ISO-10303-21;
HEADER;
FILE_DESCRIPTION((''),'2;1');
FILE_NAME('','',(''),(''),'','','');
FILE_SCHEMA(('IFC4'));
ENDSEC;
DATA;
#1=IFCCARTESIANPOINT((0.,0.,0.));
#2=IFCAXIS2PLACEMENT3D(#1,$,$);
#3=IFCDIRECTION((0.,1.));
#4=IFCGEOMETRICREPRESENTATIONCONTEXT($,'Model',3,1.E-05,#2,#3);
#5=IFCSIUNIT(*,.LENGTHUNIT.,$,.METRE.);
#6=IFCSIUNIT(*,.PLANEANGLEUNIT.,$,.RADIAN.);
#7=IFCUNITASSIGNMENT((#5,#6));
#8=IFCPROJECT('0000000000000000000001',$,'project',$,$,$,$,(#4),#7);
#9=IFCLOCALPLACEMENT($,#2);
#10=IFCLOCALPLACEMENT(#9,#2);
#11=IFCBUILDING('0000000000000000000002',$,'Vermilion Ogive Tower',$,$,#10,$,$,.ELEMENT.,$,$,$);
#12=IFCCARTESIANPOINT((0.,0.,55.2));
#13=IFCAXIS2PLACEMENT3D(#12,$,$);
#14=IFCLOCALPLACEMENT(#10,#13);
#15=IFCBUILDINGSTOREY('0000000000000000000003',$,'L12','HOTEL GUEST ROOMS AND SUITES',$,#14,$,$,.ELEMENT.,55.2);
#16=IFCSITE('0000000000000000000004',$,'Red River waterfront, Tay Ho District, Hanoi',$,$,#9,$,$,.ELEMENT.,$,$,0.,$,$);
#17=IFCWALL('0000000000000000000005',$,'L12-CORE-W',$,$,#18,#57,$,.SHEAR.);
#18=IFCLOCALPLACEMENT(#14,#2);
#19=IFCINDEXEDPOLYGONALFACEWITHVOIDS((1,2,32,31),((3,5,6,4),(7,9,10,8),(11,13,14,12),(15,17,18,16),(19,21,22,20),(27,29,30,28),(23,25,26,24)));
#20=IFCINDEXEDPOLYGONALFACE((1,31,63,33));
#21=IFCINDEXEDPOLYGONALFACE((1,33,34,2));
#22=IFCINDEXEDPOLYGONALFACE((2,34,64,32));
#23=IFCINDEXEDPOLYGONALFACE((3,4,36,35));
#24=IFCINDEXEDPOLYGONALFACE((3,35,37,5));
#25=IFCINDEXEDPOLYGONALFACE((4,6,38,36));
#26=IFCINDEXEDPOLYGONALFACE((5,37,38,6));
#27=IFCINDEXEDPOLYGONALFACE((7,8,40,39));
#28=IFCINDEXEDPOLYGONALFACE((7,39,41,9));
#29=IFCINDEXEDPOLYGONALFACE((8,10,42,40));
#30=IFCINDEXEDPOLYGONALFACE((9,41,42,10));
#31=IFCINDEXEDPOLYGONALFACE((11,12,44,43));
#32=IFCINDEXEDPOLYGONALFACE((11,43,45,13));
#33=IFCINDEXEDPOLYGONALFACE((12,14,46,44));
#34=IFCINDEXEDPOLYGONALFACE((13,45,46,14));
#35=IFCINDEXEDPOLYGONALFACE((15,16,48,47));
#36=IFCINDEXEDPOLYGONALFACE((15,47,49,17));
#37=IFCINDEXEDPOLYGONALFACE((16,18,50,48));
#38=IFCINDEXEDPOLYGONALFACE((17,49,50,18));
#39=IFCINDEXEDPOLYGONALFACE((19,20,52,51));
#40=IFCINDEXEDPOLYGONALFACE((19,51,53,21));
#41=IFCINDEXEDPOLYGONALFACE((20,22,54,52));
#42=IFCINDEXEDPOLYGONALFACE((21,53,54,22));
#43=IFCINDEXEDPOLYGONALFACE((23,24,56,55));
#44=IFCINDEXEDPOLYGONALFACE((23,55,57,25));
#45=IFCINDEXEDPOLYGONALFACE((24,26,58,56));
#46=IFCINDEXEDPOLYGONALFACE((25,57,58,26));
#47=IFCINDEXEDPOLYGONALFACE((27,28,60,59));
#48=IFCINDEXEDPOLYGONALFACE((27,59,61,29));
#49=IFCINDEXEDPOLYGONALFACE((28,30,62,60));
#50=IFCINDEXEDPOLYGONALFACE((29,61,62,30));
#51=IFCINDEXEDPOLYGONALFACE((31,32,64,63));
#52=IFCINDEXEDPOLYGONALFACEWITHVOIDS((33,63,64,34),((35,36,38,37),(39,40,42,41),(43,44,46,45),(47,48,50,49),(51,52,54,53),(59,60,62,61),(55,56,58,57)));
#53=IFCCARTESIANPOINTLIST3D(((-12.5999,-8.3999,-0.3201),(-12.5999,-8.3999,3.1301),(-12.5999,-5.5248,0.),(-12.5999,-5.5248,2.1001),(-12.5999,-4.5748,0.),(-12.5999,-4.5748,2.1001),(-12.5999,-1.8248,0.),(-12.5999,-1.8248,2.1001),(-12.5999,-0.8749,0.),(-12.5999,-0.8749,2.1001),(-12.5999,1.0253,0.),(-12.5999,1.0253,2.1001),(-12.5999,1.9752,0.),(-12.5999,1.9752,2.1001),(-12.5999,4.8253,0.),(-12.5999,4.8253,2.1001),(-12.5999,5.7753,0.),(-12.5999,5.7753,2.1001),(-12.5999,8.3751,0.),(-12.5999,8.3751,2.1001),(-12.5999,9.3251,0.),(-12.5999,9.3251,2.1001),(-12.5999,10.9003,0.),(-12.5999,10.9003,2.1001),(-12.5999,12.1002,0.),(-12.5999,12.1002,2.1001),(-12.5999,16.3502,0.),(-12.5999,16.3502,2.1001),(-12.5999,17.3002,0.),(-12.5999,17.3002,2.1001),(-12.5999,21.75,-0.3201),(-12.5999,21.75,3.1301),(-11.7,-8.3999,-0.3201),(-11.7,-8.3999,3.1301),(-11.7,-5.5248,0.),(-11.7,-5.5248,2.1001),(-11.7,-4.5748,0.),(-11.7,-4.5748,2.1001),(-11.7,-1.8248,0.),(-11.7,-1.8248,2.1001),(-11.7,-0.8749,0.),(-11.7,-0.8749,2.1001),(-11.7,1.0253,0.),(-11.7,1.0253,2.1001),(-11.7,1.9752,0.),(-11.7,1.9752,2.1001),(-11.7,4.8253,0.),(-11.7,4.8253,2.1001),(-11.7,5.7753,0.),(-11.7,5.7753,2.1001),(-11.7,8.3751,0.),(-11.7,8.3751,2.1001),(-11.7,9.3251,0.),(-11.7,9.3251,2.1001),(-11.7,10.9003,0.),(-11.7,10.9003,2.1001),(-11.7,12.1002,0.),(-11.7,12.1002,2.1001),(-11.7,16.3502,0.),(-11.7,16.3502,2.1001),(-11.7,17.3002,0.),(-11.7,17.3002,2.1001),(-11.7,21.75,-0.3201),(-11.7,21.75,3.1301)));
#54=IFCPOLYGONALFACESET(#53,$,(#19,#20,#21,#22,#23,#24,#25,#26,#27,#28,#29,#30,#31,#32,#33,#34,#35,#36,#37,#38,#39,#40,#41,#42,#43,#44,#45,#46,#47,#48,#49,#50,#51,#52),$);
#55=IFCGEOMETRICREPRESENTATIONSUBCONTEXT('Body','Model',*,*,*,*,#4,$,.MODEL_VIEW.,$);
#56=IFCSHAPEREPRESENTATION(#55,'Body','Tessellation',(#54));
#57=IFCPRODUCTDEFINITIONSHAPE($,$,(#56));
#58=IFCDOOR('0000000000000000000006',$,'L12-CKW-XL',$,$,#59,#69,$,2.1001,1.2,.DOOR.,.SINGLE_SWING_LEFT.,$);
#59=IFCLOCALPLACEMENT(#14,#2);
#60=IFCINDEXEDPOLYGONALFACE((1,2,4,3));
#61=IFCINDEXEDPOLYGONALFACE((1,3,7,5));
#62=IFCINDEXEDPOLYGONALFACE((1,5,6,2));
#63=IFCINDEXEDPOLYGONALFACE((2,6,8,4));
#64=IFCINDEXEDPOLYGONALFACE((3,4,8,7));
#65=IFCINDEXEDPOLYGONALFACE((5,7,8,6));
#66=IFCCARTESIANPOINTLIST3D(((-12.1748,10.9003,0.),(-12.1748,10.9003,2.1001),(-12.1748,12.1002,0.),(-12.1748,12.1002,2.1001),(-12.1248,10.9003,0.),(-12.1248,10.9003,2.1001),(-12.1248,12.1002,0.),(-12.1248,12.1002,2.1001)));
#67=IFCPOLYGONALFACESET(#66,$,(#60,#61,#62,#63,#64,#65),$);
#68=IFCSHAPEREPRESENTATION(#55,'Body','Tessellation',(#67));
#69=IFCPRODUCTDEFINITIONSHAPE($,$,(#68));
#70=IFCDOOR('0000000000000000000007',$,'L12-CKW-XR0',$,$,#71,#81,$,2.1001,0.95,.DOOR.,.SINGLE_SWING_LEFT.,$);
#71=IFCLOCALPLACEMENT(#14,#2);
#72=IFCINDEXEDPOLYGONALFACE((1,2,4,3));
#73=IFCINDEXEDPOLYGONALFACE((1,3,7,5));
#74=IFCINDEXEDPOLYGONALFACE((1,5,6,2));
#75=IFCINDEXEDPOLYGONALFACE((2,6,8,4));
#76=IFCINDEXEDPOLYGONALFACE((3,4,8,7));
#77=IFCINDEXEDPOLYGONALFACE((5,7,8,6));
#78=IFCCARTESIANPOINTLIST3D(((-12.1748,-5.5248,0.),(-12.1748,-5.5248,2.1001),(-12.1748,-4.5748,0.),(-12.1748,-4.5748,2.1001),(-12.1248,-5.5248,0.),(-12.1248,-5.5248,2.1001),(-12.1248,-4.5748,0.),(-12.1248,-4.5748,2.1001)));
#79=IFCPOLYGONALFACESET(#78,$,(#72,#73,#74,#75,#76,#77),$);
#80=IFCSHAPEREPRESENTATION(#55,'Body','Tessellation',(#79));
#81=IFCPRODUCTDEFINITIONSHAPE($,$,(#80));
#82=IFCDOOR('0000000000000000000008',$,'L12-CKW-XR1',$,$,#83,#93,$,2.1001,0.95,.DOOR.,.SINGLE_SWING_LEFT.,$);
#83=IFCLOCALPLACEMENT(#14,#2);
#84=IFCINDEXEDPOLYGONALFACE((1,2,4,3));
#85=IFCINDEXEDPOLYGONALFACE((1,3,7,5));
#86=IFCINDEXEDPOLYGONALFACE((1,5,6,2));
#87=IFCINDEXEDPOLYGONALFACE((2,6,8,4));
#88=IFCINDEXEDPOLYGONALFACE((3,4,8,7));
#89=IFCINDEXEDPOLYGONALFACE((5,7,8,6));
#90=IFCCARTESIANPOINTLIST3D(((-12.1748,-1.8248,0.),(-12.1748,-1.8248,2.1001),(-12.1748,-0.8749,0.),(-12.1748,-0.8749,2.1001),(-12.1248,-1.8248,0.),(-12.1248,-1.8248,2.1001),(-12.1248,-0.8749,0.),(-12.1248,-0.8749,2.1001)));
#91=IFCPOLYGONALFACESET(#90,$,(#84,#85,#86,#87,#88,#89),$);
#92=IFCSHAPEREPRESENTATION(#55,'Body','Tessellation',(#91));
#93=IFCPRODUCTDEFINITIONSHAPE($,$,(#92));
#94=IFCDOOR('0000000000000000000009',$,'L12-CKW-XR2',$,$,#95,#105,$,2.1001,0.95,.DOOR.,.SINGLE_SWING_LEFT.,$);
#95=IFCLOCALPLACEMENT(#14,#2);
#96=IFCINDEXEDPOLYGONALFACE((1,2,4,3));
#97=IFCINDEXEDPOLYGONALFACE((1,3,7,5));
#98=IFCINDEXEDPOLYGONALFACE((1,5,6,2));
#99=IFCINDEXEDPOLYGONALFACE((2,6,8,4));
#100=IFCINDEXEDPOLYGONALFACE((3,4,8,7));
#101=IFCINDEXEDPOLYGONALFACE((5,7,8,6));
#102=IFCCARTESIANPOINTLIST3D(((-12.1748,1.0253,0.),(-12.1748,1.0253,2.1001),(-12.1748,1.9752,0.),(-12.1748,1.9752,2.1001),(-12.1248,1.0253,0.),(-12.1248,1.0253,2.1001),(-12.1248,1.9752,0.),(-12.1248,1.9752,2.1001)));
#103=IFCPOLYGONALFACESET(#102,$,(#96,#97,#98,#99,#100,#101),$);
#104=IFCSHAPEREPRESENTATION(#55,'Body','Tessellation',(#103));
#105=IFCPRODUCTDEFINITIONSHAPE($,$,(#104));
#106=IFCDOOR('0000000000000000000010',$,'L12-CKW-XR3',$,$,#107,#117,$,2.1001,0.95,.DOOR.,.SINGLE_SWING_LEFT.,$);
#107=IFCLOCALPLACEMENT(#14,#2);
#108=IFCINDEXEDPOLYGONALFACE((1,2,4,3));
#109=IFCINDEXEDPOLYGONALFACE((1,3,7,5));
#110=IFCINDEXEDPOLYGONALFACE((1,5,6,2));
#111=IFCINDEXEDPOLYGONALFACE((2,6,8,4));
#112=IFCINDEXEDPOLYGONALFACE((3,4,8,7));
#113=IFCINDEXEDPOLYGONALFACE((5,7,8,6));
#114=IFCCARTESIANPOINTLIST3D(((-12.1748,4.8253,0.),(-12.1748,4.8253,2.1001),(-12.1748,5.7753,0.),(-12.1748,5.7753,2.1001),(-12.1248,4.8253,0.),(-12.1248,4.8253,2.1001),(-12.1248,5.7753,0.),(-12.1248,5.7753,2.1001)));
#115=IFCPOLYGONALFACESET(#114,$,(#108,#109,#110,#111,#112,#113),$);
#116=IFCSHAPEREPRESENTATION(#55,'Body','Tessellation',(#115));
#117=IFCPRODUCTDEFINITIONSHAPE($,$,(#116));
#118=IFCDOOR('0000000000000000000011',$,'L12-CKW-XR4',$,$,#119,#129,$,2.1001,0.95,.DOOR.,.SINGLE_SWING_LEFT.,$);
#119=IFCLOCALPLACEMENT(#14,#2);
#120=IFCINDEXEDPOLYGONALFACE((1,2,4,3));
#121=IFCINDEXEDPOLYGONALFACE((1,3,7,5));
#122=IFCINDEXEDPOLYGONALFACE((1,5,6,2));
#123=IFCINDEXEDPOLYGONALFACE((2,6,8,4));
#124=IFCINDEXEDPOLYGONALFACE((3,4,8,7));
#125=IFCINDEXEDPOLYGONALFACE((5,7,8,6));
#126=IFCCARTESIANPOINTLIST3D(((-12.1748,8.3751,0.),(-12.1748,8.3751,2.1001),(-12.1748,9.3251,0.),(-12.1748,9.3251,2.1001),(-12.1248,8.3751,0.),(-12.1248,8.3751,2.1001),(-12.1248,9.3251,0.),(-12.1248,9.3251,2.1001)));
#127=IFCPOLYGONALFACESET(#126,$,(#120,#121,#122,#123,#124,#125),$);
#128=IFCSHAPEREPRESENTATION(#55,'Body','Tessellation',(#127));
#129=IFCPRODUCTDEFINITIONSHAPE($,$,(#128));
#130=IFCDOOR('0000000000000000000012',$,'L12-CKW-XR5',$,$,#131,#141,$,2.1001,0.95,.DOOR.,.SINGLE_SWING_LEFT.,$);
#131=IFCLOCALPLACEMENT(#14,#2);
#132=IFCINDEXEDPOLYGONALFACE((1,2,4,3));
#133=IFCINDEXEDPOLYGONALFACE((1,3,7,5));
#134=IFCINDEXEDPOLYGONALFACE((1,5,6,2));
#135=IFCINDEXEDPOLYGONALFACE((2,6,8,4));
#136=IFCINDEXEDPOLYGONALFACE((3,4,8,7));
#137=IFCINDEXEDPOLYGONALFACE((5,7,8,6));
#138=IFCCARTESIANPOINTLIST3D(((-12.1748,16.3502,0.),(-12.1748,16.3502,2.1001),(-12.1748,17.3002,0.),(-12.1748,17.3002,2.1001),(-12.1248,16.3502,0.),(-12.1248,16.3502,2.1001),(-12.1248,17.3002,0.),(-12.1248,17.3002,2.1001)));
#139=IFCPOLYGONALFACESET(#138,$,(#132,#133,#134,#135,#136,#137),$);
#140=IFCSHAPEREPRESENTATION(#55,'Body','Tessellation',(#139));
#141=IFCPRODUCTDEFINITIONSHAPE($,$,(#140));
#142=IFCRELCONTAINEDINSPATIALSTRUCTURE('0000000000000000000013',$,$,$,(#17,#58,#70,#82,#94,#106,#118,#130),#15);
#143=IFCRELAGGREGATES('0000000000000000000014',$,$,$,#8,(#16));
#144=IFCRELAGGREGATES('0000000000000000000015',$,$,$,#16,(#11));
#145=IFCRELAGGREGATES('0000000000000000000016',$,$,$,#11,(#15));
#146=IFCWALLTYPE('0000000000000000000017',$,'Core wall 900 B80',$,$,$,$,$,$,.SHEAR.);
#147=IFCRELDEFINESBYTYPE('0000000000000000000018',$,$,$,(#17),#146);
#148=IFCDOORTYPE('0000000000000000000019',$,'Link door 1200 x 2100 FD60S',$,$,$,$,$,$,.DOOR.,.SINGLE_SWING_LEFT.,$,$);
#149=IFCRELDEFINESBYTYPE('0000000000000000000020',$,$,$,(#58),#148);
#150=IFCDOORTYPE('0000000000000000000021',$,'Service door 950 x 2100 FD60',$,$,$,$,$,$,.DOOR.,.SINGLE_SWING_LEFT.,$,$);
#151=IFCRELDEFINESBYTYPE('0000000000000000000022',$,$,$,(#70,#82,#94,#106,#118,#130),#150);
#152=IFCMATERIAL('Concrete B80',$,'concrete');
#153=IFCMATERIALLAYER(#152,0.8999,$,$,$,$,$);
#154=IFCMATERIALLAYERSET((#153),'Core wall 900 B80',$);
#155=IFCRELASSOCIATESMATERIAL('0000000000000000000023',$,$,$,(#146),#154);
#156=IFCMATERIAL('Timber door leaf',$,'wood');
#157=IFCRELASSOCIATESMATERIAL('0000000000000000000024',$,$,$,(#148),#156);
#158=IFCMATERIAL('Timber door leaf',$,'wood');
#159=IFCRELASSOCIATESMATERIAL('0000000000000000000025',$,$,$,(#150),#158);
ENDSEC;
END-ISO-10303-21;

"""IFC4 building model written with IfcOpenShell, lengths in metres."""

from ifc_helpers import new_model, si_unit, direction, frame, frame_2d, origin, place, context, subcontext, project, spatial, rectangle, extrude, material, layer, layer_set, type_object, element, fill, save


model = new_model("IFC4")

# Units and contexts
model_context = context("Model", 3, precision=1e-05, world=origin(), true_north=direction((0.0, 1.0)))
body_context = subcontext(model_context, "Body", "Model", "MODEL_VIEW")
ifc_project = project(units=[si_unit("LENGTHUNIT", "METRE"), si_unit("PLANEANGLEUNIT", "RADIAN")], contexts=[model_context])

# Site, building, storey
site_placement = place(None, origin())
site = spatial("IfcSite", under=ifc_project, at=site_placement, Name="Red River waterfront, Tay Ho District, Hanoi", CompositionType="ELEMENT", RefElevation=0.0)
building_placement = place(site_placement, origin())
building = spatial("IfcBuilding", under=site, at=building_placement, Name="Vermilion Ogive Tower", CompositionType="ELEMENT")
storey_placement = place(building_placement, frame((0.0, 0.0, 55.2)))
storey = spatial("IfcBuildingStorey", under=building, at=storey_placement, Name="L12", Description="HOTEL GUEST ROOMS AND SUITES", CompositionType="ELEMENT", Elevation=55.2)

# Wall, openings, doors
ifc_material_1 = material(Name="Concrete B80", Category="concrete")
ifc_layer_1 = layer(ifc_material_1, 0.8999)
ifc_layer_set_1 = layer_set([ifc_layer_1], Name="Core wall 900 B80")
wall_type_1 = type_object("IfcWallType", Name="Core wall 900 B80", PredefinedType="SHEAR", material=ifc_layer_set_1)
wall_1_placement = place(storey_placement, frame((-12.1499, -8.3999, -0.3201), z_axis=(0.0, 0.0, 1.0), x_axis=(0.0, 1.0, 0.0)))
wall_1 = element("IfcWall", 1, at=wall_1_placement, inside=storey, type_object=wall_type_1, Name="L12-CORE-W", PredefinedType="SHEAR", context=body_context, shape_type="SweptSolid", body=[
    extrude(rectangle(XDim=30.1499, YDim=0.8999, at=frame_2d((15.075, 0.0))), origin(), (0.0, 0.0, 1.0), 3.4502),
])
opening_1_placement = place(wall_1_placement, frame((2.875, 0.0, 0.3201)))
opening_1 = element("IfcOpeningElement", 2, at=opening_1_placement, cuts=wall_1, PredefinedType="OPENING", context=body_context, shape_type="SweptSolid", body=[
    extrude(rectangle(XDim=0.95, YDim=2.1001, at=frame_2d((0.4751, 1.05))), frame((0.0, 0.46, 0.0), z_axis=(0.0, -1.0, 0.0), x_axis=(1.0, 0.0, 0.0)), (0.0, 0.0, 1.0), 0.9199),
])
opening_2_placement = place(wall_1_placement, frame((6.575, 0.0, 0.3201)))
opening_2 = element("IfcOpeningElement", 3, at=opening_2_placement, cuts=wall_1, PredefinedType="OPENING", context=body_context, shape_type="SweptSolid", body=[
    extrude(rectangle(XDim=0.95, YDim=2.1001, at=frame_2d((0.4751, 1.05))), frame((0.0, 0.46, 0.0), z_axis=(0.0, -1.0, 0.0), x_axis=(1.0, 0.0, 0.0)), (0.0, 0.0, 1.0), 0.9199),
])
opening_3_placement = place(wall_1_placement, frame((9.425, 0.0, 0.3201)))
opening_3 = element("IfcOpeningElement", 4, at=opening_3_placement, cuts=wall_1, PredefinedType="OPENING", context=body_context, shape_type="SweptSolid", body=[
    extrude(rectangle(XDim=0.95, YDim=2.1001, at=frame_2d((0.4751, 1.05))), frame((0.0, 0.46, 0.0), z_axis=(0.0, -1.0, 0.0), x_axis=(1.0, 0.0, 0.0)), (0.0, 0.0, 1.0), 0.9199),
])
opening_4_placement = place(wall_1_placement, frame((13.2251, 0.0, 0.3201)))
opening_4 = element("IfcOpeningElement", 5, at=opening_4_placement, cuts=wall_1, PredefinedType="OPENING", context=body_context, shape_type="SweptSolid", body=[
    extrude(rectangle(XDim=0.95, YDim=2.1001, at=frame_2d((0.4751, 1.05))), frame((0.0, 0.46, 0.0), z_axis=(0.0, -1.0, 0.0), x_axis=(1.0, 0.0, 0.0)), (0.0, 0.0, 1.0), 0.9199),
])
opening_5_placement = place(wall_1_placement, frame((16.7749, 0.0, 0.3201)))
opening_5 = element("IfcOpeningElement", 6, at=opening_5_placement, cuts=wall_1, PredefinedType="OPENING", context=body_context, shape_type="SweptSolid", body=[
    extrude(rectangle(XDim=0.95, YDim=2.1001, at=frame_2d((0.4751, 1.05))), frame((0.0, 0.46, 0.0), z_axis=(0.0, -1.0, 0.0), x_axis=(1.0, 0.0, 0.0)), (0.0, 0.0, 1.0), 0.9199),
])
opening_6_placement = place(wall_1_placement, frame((24.75, 0.0, 0.3201)))
opening_6 = element("IfcOpeningElement", 7, at=opening_6_placement, cuts=wall_1, PredefinedType="OPENING", context=body_context, shape_type="SweptSolid", body=[
    extrude(rectangle(XDim=0.95, YDim=2.1001, at=frame_2d((0.4751, 1.05))), frame((0.0, 0.46, 0.0), z_axis=(0.0, -1.0, 0.0), x_axis=(1.0, 0.0, 0.0)), (0.0, 0.0, 1.0), 0.9199),
])
opening_7_placement = place(wall_1_placement, frame((19.3, 0.0, 0.3201)))
opening_7 = element("IfcOpeningElement", 8, at=opening_7_placement, cuts=wall_1, PredefinedType="OPENING", context=body_context, shape_type="SweptSolid", body=[
    extrude(rectangle(XDim=1.2, YDim=2.1001, at=frame_2d((0.6001, 1.05))), frame((0.0, 0.46, 0.0), z_axis=(0.0, -1.0, 0.0), x_axis=(1.0, 0.0, 0.0)), (0.0, 0.0, 1.0), 0.9199),
])
ifc_material_2 = material(Name="Timber door leaf", Category="wood")
door_type_1 = type_object("IfcDoorType", Name="Link door 1200 x 2100 FD60S", OperationType="SINGLE_SWING_LEFT", PredefinedType="DOOR", material=ifc_material_2)
door_1_placement = place(opening_7_placement, origin())
door_1 = element("IfcDoor", 9, at=door_1_placement, inside=storey, type_object=door_type_1, Name="L12-CKW-XL", OperationType="SINGLE_SWING_LEFT", OverallHeight=2.1001, OverallWidth=1.2, PredefinedType="DOOR", context=body_context, shape_type="SweptSolid", body=[
    extrude(rectangle(XDim=1.2, YDim=2.1001, at=frame_2d((0.6001, 1.05))), frame((0.0, 0.0249, 0.0), z_axis=(0.0, -1.0, 0.0), x_axis=(1.0, 0.0, 0.0)), (0.0, 0.0, 1.0), 0.05),
])
fill(opening_7, door_1)
ifc_material_3 = material(Name="Timber door leaf", Category="wood")
door_type_2 = type_object("IfcDoorType", Name="Service door 950 x 2100 FD60", OperationType="SINGLE_SWING_LEFT", PredefinedType="DOOR", material=ifc_material_3)
door_2_placement = place(opening_1_placement, origin())
door_2 = element("IfcDoor", 10, at=door_2_placement, inside=storey, type_object=door_type_2, Name="L12-CKW-XR0", OperationType="SINGLE_SWING_LEFT", OverallHeight=2.1001, OverallWidth=0.95, PredefinedType="DOOR", context=body_context, shape_type="SweptSolid", body=[
    extrude(rectangle(XDim=0.95, YDim=2.1001, at=frame_2d((0.4751, 1.05))), frame((0.0, 0.0249, 0.0), z_axis=(0.0, -1.0, 0.0), x_axis=(1.0, 0.0, 0.0)), (0.0, 0.0, 1.0), 0.05),
])
fill(opening_1, door_2)
door_3_placement = place(opening_2_placement, origin())
door_3 = element("IfcDoor", 11, at=door_3_placement, inside=storey, type_object=door_type_2, Name="L12-CKW-XR1", OperationType="SINGLE_SWING_LEFT", OverallHeight=2.1001, OverallWidth=0.95, PredefinedType="DOOR", context=body_context, shape_type="SweptSolid", body=[
    extrude(rectangle(XDim=0.95, YDim=2.1001, at=frame_2d((0.4751, 1.05))), frame((0.0, 0.0249, 0.0), z_axis=(0.0, -1.0, 0.0), x_axis=(1.0, 0.0, 0.0)), (0.0, 0.0, 1.0), 0.05),
])
fill(opening_2, door_3)
door_4_placement = place(opening_3_placement, origin())
door_4 = element("IfcDoor", 12, at=door_4_placement, inside=storey, type_object=door_type_2, Name="L12-CKW-XR2", OperationType="SINGLE_SWING_LEFT", OverallHeight=2.1001, OverallWidth=0.95, PredefinedType="DOOR", context=body_context, shape_type="SweptSolid", body=[
    extrude(rectangle(XDim=0.95, YDim=2.1001, at=frame_2d((0.4751, 1.05))), frame((0.0, 0.0249, 0.0), z_axis=(0.0, -1.0, 0.0), x_axis=(1.0, 0.0, 0.0)), (0.0, 0.0, 1.0), 0.05),
])
fill(opening_3, door_4)
door_5_placement = place(opening_4_placement, origin())
door_5 = element("IfcDoor", 13, at=door_5_placement, inside=storey, type_object=door_type_2, Name="L12-CKW-XR3", OperationType="SINGLE_SWING_LEFT", OverallHeight=2.1001, OverallWidth=0.95, PredefinedType="DOOR", context=body_context, shape_type="SweptSolid", body=[
    extrude(rectangle(XDim=0.95, YDim=2.1001, at=frame_2d((0.4751, 1.05))), frame((0.0, 0.0249, 0.0), z_axis=(0.0, -1.0, 0.0), x_axis=(1.0, 0.0, 0.0)), (0.0, 0.0, 1.0), 0.05),
])
fill(opening_4, door_5)
door_6_placement = place(opening_5_placement, origin())
door_6 = element("IfcDoor", 14, at=door_6_placement, inside=storey, type_object=door_type_2, Name="L12-CKW-XR4", OperationType="SINGLE_SWING_LEFT", OverallHeight=2.1001, OverallWidth=0.95, PredefinedType="DOOR", context=body_context, shape_type="SweptSolid", body=[
    extrude(rectangle(XDim=0.95, YDim=2.1001, at=frame_2d((0.4751, 1.05))), frame((0.0, 0.0249, 0.0), z_axis=(0.0, -1.0, 0.0), x_axis=(1.0, 0.0, 0.0)), (0.0, 0.0, 1.0), 0.05),
])
fill(opening_5, door_6)
door_7_placement = place(opening_6_placement, origin())
door_7 = element("IfcDoor", 15, at=door_7_placement, inside=storey, type_object=door_type_2, Name="L12-CKW-XR5", OperationType="SINGLE_SWING_LEFT", OverallHeight=2.1001, OverallWidth=0.95, PredefinedType="DOOR", context=body_context, shape_type="SweptSolid", body=[
    extrude(rectangle(XDim=0.95, YDim=2.1001, at=frame_2d((0.4751, 1.05))), frame((0.0, 0.0249, 0.0), z_axis=(0.0, -1.0, 0.0), x_axis=(1.0, 0.0, 0.0)), (0.0, 0.0, 1.0), 0.05),
])
fill(opening_6, door_7)

save(model, "model.ifc")
